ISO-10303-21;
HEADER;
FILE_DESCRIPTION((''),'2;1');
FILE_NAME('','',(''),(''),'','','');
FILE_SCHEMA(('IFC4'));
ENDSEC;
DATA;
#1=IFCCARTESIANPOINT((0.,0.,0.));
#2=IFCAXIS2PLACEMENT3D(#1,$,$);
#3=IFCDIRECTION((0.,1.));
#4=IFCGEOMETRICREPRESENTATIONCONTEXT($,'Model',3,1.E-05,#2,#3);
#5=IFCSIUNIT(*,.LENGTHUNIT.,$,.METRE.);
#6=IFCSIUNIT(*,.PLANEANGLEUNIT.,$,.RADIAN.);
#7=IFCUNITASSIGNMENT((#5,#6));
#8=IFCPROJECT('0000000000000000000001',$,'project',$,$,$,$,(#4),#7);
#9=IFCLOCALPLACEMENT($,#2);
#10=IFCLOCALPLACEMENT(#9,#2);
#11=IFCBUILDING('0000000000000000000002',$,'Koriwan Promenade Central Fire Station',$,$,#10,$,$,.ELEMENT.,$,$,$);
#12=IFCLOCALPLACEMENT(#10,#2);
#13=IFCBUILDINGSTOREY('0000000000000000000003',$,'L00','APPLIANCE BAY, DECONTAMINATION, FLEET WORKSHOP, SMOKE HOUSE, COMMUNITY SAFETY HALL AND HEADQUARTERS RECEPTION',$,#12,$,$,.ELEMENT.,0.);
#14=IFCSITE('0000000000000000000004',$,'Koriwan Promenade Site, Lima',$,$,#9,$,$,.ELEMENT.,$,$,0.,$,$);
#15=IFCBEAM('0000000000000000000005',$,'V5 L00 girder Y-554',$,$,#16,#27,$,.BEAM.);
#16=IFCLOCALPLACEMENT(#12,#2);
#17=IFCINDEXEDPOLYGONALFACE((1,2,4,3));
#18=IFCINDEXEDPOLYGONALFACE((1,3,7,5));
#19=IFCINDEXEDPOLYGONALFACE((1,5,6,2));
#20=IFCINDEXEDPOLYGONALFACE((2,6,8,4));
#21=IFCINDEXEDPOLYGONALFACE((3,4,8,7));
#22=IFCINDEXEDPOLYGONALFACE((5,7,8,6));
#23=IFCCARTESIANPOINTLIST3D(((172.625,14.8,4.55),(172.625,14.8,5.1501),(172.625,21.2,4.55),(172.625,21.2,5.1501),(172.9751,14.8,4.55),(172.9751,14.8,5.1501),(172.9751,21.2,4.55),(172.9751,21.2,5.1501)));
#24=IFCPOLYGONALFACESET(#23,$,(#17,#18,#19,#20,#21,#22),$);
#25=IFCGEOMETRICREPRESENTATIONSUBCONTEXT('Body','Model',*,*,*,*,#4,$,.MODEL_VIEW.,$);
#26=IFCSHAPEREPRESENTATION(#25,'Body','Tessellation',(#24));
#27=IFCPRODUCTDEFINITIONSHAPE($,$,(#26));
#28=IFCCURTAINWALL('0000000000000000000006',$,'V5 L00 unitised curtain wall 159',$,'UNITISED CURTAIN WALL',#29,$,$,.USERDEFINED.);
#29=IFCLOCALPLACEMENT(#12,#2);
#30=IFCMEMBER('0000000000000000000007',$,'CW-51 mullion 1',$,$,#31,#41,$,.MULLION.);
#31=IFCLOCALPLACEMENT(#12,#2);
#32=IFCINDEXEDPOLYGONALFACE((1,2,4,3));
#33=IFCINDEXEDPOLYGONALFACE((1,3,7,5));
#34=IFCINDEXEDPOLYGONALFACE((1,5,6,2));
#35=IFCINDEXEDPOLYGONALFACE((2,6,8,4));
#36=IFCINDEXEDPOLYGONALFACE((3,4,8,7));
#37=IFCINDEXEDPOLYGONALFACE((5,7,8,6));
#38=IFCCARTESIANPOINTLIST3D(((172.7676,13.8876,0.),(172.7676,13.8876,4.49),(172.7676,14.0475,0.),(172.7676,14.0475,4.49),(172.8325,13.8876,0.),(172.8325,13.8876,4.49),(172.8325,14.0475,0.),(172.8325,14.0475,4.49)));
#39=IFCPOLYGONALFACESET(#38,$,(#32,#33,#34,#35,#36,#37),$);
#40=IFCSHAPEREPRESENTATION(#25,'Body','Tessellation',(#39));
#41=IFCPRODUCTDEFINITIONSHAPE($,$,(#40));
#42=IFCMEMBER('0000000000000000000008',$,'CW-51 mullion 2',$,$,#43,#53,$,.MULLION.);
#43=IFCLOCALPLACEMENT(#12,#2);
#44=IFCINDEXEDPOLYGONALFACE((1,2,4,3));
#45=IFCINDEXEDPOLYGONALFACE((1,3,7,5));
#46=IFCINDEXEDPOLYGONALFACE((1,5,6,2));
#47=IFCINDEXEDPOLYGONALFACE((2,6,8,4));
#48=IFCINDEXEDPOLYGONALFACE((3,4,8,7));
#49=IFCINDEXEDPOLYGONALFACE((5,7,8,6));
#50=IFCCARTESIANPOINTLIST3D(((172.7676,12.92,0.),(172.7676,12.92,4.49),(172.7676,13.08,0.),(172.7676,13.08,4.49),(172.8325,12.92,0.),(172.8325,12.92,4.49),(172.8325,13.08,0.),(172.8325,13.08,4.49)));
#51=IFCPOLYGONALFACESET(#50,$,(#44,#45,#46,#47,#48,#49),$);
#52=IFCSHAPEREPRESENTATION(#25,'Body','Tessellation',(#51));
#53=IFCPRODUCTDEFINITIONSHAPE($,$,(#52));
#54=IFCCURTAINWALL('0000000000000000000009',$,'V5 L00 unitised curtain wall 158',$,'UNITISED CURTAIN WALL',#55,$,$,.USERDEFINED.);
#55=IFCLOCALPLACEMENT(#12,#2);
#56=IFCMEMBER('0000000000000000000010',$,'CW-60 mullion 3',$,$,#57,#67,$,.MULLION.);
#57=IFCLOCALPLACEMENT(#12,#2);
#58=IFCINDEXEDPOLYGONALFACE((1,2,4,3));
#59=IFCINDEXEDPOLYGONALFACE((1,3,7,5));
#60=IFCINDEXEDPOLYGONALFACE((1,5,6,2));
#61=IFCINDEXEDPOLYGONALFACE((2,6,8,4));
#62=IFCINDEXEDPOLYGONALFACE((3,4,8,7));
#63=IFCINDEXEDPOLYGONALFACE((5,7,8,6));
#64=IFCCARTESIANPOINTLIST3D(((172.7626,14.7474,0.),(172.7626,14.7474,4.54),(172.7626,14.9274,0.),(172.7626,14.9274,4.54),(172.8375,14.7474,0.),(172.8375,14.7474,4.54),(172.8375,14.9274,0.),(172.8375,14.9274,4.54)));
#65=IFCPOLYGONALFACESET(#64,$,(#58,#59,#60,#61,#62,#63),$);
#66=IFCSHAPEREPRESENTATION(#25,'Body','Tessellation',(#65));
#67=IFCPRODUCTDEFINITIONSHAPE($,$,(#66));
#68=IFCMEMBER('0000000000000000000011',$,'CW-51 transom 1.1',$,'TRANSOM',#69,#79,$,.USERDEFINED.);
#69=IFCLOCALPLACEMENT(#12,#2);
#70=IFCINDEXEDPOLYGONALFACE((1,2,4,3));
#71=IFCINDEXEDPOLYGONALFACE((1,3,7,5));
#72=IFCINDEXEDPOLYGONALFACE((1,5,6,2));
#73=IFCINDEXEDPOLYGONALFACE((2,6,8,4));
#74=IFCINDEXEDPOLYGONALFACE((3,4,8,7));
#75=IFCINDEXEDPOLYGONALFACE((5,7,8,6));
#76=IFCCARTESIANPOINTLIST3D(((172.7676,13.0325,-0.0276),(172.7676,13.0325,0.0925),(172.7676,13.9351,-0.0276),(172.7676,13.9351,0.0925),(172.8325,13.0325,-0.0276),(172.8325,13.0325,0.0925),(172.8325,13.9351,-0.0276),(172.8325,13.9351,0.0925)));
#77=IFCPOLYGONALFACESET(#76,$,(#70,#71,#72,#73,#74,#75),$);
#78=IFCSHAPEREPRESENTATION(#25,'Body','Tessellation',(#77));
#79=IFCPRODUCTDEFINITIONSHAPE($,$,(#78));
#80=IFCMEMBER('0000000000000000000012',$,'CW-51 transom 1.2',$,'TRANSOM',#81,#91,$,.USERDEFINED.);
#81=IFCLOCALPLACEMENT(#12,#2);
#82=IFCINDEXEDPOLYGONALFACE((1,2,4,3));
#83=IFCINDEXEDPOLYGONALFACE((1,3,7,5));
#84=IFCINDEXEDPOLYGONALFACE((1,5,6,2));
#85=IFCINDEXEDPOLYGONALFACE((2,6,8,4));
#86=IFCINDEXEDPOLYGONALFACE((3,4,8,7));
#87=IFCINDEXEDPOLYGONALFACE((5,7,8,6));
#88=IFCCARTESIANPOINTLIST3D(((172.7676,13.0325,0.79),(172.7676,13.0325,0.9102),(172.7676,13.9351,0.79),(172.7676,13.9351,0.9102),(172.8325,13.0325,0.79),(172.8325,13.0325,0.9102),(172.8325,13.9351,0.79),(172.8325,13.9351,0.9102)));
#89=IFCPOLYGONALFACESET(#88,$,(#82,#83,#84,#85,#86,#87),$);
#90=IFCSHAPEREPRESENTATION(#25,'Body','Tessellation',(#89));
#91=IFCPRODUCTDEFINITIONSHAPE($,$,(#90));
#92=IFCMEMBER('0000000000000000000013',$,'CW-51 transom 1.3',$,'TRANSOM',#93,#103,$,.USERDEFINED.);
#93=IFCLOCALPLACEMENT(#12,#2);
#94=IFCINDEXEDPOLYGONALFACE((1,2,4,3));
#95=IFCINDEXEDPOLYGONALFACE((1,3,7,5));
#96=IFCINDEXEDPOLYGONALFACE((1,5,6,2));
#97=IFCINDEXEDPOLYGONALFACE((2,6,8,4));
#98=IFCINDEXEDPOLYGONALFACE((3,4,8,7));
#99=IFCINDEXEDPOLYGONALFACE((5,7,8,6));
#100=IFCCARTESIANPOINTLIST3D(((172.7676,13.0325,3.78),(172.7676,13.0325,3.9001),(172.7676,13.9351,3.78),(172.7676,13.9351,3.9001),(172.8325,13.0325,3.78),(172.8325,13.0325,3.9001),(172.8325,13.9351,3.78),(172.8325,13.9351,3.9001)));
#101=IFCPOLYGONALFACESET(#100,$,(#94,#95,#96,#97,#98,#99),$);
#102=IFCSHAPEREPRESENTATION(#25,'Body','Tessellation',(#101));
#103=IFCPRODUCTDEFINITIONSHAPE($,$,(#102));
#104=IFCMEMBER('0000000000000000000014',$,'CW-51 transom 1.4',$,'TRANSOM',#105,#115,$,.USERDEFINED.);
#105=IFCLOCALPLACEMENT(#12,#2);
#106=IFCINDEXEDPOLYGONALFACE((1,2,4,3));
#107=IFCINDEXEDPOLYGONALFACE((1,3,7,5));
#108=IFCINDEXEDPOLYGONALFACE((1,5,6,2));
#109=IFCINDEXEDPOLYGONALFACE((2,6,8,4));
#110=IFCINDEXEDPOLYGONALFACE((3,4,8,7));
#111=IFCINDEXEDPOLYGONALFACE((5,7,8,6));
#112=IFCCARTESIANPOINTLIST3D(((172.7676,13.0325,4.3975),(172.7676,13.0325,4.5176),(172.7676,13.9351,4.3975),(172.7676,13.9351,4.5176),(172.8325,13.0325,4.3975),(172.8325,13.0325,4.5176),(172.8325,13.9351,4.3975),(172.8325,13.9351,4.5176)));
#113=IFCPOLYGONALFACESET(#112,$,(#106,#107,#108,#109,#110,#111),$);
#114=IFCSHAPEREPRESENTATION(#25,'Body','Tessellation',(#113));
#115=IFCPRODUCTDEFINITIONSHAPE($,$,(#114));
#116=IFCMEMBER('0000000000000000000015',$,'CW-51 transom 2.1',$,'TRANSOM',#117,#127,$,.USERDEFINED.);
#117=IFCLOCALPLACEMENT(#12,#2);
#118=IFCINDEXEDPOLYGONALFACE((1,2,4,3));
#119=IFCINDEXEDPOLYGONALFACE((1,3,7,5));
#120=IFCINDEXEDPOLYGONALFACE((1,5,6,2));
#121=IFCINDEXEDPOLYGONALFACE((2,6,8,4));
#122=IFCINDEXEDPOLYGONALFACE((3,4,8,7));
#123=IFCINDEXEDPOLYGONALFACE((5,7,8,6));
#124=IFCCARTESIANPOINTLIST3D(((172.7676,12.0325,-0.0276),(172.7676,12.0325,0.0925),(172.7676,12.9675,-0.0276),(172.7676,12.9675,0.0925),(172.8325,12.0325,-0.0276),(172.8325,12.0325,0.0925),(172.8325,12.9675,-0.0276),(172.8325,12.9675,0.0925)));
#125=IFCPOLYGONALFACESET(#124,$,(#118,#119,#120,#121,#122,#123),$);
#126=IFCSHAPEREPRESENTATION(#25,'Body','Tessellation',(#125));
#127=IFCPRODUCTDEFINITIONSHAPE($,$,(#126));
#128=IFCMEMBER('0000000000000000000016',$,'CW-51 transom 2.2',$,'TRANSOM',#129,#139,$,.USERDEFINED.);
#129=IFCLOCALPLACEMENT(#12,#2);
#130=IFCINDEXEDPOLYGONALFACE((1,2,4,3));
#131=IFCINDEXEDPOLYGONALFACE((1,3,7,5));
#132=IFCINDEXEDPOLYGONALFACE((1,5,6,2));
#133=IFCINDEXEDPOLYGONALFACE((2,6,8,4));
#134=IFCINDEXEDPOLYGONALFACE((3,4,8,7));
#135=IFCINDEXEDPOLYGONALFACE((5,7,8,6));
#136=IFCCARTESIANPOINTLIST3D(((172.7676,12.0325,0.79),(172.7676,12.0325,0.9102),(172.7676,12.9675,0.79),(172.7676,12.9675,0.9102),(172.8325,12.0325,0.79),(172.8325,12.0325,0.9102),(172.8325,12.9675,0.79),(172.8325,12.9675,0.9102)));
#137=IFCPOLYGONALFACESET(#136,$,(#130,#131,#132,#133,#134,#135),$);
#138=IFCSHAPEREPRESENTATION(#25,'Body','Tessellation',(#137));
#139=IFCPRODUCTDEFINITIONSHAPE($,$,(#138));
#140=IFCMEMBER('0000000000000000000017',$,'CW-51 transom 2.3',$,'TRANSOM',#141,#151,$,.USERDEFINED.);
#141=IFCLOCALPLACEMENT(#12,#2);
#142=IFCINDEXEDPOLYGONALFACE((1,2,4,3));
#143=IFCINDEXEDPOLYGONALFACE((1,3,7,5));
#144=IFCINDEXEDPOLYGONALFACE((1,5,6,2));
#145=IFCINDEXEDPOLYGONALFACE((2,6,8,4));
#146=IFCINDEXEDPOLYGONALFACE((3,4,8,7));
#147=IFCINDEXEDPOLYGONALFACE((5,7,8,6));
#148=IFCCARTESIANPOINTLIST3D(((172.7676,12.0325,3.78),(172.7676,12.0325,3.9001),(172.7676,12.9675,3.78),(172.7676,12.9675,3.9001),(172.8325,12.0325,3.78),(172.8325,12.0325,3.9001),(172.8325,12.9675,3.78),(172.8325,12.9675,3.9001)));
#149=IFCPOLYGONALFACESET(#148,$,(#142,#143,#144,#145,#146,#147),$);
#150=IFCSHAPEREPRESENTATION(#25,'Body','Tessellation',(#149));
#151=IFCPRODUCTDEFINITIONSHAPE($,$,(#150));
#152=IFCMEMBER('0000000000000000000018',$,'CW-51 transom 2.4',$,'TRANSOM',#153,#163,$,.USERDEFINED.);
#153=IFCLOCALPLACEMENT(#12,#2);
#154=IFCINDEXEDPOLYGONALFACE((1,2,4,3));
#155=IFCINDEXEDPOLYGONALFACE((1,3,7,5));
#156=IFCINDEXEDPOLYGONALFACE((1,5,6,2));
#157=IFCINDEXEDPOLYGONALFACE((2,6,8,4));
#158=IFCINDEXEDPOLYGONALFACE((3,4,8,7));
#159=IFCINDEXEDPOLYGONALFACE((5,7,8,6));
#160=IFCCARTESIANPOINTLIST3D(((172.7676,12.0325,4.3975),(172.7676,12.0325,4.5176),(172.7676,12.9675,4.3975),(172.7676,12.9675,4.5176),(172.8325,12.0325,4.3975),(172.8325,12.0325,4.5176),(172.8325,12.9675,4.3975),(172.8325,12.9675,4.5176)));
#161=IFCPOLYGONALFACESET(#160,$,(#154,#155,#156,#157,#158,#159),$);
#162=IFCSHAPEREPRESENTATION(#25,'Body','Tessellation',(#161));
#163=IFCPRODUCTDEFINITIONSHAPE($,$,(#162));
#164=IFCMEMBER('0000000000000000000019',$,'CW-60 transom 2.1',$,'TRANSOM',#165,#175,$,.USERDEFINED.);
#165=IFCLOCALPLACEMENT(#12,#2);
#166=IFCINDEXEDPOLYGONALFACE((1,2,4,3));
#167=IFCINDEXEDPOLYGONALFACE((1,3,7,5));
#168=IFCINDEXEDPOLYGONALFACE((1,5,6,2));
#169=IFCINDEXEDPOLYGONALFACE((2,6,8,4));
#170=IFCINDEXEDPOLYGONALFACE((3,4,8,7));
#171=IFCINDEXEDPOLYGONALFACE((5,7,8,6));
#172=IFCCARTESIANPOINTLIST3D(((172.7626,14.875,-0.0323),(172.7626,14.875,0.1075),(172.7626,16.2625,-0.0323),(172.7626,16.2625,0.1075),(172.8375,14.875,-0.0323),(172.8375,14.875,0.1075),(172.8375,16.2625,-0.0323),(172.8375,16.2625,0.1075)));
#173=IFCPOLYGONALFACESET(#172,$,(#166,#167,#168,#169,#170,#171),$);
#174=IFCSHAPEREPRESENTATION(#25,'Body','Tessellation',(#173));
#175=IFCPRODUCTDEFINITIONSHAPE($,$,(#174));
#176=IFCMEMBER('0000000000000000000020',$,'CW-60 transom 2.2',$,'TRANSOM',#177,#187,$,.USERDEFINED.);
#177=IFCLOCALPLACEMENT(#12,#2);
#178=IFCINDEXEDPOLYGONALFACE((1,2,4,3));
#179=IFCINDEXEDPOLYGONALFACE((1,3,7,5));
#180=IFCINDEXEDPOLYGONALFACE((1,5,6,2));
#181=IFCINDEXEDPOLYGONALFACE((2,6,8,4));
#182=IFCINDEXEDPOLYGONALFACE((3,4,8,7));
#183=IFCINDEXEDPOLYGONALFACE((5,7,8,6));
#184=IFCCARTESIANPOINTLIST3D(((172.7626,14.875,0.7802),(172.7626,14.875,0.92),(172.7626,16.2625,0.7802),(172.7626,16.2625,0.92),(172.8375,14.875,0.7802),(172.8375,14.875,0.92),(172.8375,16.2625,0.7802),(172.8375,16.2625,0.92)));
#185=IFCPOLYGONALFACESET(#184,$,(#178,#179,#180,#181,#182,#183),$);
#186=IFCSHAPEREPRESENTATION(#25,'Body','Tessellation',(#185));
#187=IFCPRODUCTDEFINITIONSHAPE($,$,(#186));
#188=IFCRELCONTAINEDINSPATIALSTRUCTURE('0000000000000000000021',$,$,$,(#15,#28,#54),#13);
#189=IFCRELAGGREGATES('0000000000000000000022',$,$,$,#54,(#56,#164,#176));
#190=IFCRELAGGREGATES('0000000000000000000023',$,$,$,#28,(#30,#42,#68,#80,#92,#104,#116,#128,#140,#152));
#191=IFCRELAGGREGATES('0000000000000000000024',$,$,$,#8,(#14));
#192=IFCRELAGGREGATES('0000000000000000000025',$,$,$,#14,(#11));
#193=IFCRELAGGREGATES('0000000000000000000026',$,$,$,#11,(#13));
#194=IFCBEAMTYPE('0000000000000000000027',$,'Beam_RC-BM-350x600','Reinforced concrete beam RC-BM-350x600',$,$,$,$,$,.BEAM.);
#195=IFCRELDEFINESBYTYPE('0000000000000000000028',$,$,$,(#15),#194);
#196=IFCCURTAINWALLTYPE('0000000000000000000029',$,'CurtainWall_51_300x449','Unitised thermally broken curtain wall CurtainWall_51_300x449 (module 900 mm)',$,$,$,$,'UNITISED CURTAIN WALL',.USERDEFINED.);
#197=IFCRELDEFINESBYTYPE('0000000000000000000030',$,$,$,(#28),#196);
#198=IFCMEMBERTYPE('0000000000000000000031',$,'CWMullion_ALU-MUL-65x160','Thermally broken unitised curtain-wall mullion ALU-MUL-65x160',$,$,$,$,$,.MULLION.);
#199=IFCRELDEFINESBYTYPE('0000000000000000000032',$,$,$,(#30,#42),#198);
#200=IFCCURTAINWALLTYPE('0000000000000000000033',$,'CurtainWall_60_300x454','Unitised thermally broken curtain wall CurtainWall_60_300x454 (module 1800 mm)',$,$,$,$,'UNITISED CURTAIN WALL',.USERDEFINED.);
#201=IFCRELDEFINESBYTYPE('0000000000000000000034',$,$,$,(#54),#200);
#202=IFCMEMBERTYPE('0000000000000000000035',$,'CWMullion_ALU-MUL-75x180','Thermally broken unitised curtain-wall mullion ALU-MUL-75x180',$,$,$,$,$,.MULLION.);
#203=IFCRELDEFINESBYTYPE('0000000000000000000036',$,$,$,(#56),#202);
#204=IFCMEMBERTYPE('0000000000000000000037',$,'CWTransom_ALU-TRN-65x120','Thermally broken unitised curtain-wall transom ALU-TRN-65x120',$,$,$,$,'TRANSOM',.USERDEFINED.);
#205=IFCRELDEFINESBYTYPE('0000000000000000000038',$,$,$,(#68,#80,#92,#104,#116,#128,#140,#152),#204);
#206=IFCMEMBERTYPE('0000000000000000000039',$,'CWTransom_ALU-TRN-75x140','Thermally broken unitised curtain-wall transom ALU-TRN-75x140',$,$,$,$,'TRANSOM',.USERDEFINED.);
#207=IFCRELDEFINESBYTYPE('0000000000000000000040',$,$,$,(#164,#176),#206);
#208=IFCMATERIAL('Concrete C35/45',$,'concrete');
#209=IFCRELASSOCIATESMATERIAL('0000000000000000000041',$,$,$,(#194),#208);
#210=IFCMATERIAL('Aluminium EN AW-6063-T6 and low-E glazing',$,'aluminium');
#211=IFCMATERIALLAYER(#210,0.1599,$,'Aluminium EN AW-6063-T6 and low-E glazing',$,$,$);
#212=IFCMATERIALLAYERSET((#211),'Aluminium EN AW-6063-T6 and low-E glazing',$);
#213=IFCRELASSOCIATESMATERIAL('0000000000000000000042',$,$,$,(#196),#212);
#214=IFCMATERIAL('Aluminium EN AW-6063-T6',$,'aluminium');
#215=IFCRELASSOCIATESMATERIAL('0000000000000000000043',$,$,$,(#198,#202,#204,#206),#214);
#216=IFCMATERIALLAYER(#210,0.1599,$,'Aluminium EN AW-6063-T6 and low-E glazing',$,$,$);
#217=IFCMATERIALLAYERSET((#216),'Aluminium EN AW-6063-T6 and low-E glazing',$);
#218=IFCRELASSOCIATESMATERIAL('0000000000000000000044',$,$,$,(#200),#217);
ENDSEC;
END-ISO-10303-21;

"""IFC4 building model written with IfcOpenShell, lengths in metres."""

from ifc_helpers import new_model, si_unit, direction, frame, origin, origin_2d, place, context, subcontext, project, spatial, rectangle, extrude, material, layer, layer_set, material_profile, profile_set, type_object, element, aggregate, save


model = new_model("IFC4")

# Units and contexts
model_context = context("Model", 3, precision=1e-05, world=origin(), true_north=direction((0.0, 1.0)))
body_context = subcontext(model_context, "Body", "Model", "MODEL_VIEW")
ifc_project = project(units=[si_unit("LENGTHUNIT", "METRE"), si_unit("PLANEANGLEUNIT", "RADIAN")], contexts=[model_context])

# Site, building, storey
site_placement = place(None, origin())
site = spatial("IfcSite", under=ifc_project, at=site_placement, Name="Koriwan Promenade Site, Lima", CompositionType="ELEMENT", RefElevation=0.0)
building_placement = place(site_placement, origin())
building = spatial("IfcBuilding", under=site, at=building_placement, Name="Koriwan Promenade Central Fire Station", CompositionType="ELEMENT")
storey_placement = place(building_placement, origin())
storey = spatial("IfcBuildingStorey", under=building, at=storey_placement, Name="L00", Description="APPLIANCE BAY, DECONTAMINATION, FLEET WORKSHOP, SMOKE HOUSE, COMMUNITY SAFETY HALL AND HEADQUARTERS RECEPTION", CompositionType="ELEMENT", Elevation=0.0)

# Shared definitions
ifc_material_1 = material(Name="Concrete C35/45", Category="concrete")

# Beam
ifc_material_profile_1 = material_profile(ifc_material_1, rectangle(XDim=0.3501, YDim=0.6001, at=origin_2d()), Name="RC-BM-350x600")
ifc_profile_set_1 = profile_set([ifc_material_profile_1], Name="Concrete C35/45")
beam_type = type_object("IfcBeamType", Name="Beam_RC-BM-350x600", Description="Reinforced concrete beam RC-BM-350x600", PredefinedType="BEAM", material=ifc_profile_set_1)
beam_placement = place(storey_placement, frame((172.8, 14.8, 4.8501), z_axis=(0.0, 1.0, 0.0), x_axis=(-1.0, 0.0, 0.0)))
element("IfcBeam", 1, at=beam_placement, inside=storey, type_object=beam_type, Name="V5 L00 girder Y-554", PredefinedType="BEAM", context=body_context, shape_type="SweptSolid", body=[
    extrude(rectangle(XDim=0.3501, YDim=0.6001, at=origin_2d()), origin(), (0.0, 0.0, 1.0), 6.3999),
])

# Curtain wall, members
ifc_material_2 = material(Name="Aluminium EN AW-6063-T6 and low-E glazing", Category="aluminium")
ifc_layer_1 = layer(ifc_material_2, 0.1599, Name="Aluminium EN AW-6063-T6 and low-E glazing")
ifc_layer_set_1 = layer_set([ifc_layer_1], Name="Aluminium EN AW-6063-T6 and low-E glazing")
curtain_wall_type_1 = type_object("IfcCurtainWallType", Name="CurtainWall_51_300x449", Description="Unitised thermally broken curtain wall CurtainWall_51_300x449 (module 900 mm)", ElementType="UNITISED CURTAIN WALL", PredefinedType="USERDEFINED", material=ifc_layer_set_1)
curtain_wall_1_placement = place(storey_placement, origin())
curtain_wall_1 = element("IfcCurtainWall", 2, at=curtain_wall_1_placement, inside=storey, type_object=curtain_wall_type_1, Name="V5 L00 unitised curtain wall 159", ObjectType="UNITISED CURTAIN WALL", PredefinedType="USERDEFINED")
ifc_material_3 = material(Name="Aluminium EN AW-6063-T6", Category="aluminium")
ifc_material_profile_2 = material_profile(ifc_material_3, rectangle(XDim=0.0649, YDim=0.1599, at=origin_2d()), Name="ALU-MUL-65x160")
ifc_profile_set_2 = profile_set([ifc_material_profile_2], Name="Aluminium EN AW-6063-T6")
member_type_1 = type_object("IfcMemberType", Name="CWMullion_ALU-MUL-65x160", Description="Thermally broken unitised curtain-wall mullion ALU-MUL-65x160", PredefinedType="MULLION", material=ifc_profile_set_2)
member_1_placement = place(storey_placement, frame((172.8, 13.9675, 0.0), z_axis=(0.0, 0.0, 1.0), x_axis=(1.0, 0.0, 0.0)))
member_1 = element("IfcMember", 3, at=member_1_placement, type_object=member_type_1, Name="CW-51 mullion 1", PredefinedType="MULLION", context=body_context, shape_type="SweptSolid", body=[
    extrude(rectangle(XDim=0.0649, YDim=0.1599, at=origin_2d()), origin(), (0.0, 0.0, 1.0), 4.49),
])
member_2_placement = place(storey_placement, frame((172.8, 13.0, 0.0), z_axis=(0.0, 0.0, 1.0), x_axis=(1.0, 0.0, 0.0)))
member_2 = element("IfcMember", 4, at=member_2_placement, type_object=member_type_1, Name="CW-51 mullion 2", PredefinedType="MULLION", context=body_context, shape_type="SweptSolid", body=[
    extrude(rectangle(XDim=0.0649, YDim=0.1599, at=origin_2d()), origin(), (0.0, 0.0, 1.0), 4.49),
])

# Curtain wall, member
ifc_layer_2 = layer(ifc_material_2, 0.1599, Name="Aluminium EN AW-6063-T6 and low-E glazing")
ifc_layer_set_2 = layer_set([ifc_layer_2], Name="Aluminium EN AW-6063-T6 and low-E glazing")
curtain_wall_type_2 = type_object("IfcCurtainWallType", Name="CurtainWall_60_300x454", Description="Unitised thermally broken curtain wall CurtainWall_60_300x454 (module 1800 mm)", ElementType="UNITISED CURTAIN WALL", PredefinedType="USERDEFINED", material=ifc_layer_set_2)
curtain_wall_2_placement = place(storey_placement, origin())
curtain_wall_2 = element("IfcCurtainWall", 5, at=curtain_wall_2_placement, inside=storey, type_object=curtain_wall_type_2, Name="V5 L00 unitised curtain wall 158", ObjectType="UNITISED CURTAIN WALL", PredefinedType="USERDEFINED")
ifc_material_profile_3 = material_profile(ifc_material_3, rectangle(XDim=0.075, YDim=0.1799, at=origin_2d()), Name="ALU-MUL-75x180")
ifc_profile_set_3 = profile_set([ifc_material_profile_3], Name="Aluminium EN AW-6063-T6")
member_type_2 = type_object("IfcMemberType", Name="CWMullion_ALU-MUL-75x180", Description="Thermally broken unitised curtain-wall mullion ALU-MUL-75x180", PredefinedType="MULLION", material=ifc_profile_set_3)
member_3_placement = place(storey_placement, frame((172.8, 14.8374, 0.0), z_axis=(0.0, 0.0, 1.0), x_axis=(1.0, 0.0, 0.0)))
member_3 = element("IfcMember", 6, at=member_3_placement, type_object=member_type_2, Name="CW-60 mullion 3", PredefinedType="MULLION", context=body_context, shape_type="SweptSolid", body=[
    extrude(rectangle(XDim=0.075, YDim=0.1799, at=origin_2d()), origin(), (0.0, 0.0, 1.0), 4.54),
])

# Members
ifc_material_profile_4 = material_profile(ifc_material_3, rectangle(XDim=0.0649, YDim=0.1201, at=origin_2d()), Name="ALU-TRN-65x120")
ifc_profile_set_4 = profile_set([ifc_material_profile_4], Name="Aluminium EN AW-6063-T6")
member_type_3 = type_object("IfcMemberType", Name="CWTransom_ALU-TRN-65x120", Description="Thermally broken unitised curtain-wall transom ALU-TRN-65x120", ElementType="TRANSOM", PredefinedType="USERDEFINED", material=ifc_profile_set_4)
member_4_placement = place(storey_placement, frame((172.8, 13.9351, 0.0325), z_axis=(0.0, -1.0, 0.0), x_axis=(1.0, 0.0, 0.0)))
member_4 = element("IfcMember", 7, at=member_4_placement, type_object=member_type_3, Name="CW-51 transom 1.1", ObjectType="TRANSOM", PredefinedType="USERDEFINED", context=body_context, shape_type="SweptSolid", body=[
    extrude(rectangle(XDim=0.0649, YDim=0.1201, at=origin_2d()), origin(), (0.0, 0.0, 1.0), 0.9026),
])
member_5_placement = place(storey_placement, frame((172.8, 13.9351, 0.8501), z_axis=(0.0, -1.0, 0.0), x_axis=(1.0, 0.0, 0.0)))
member_5 = element("IfcMember", 8, at=member_5_placement, type_object=member_type_3, Name="CW-51 transom 1.2", ObjectType="TRANSOM", PredefinedType="USERDEFINED", context=body_context, shape_type="SweptSolid", body=[
    extrude(rectangle(XDim=0.0649, YDim=0.1201, at=origin_2d()), origin(), (0.0, 0.0, 1.0), 0.9026),
])
member_6_placement = place(storey_placement, frame((172.8, 13.9351, 3.8401), z_axis=(0.0, -1.0, 0.0), x_axis=(1.0, 0.0, 0.0)))
member_6 = element("IfcMember", 9, at=member_6_placement, type_object=member_type_3, Name="CW-51 transom 1.3", ObjectType="TRANSOM", PredefinedType="USERDEFINED", context=body_context, shape_type="SweptSolid", body=[
    extrude(rectangle(XDim=0.0649, YDim=0.1201, at=origin_2d()), origin(), (0.0, 0.0, 1.0), 0.9026),
])
member_7_placement = place(storey_placement, frame((172.8, 13.9351, 4.4575), z_axis=(0.0, -1.0, 0.0), x_axis=(1.0, 0.0, 0.0)))
member_7 = element("IfcMember", 10, at=member_7_placement, type_object=member_type_3, Name="CW-51 transom 1.4", ObjectType="TRANSOM", PredefinedType="USERDEFINED", context=body_context, shape_type="SweptSolid", body=[
    extrude(rectangle(XDim=0.0649, YDim=0.1201, at=origin_2d()), origin(), (0.0, 0.0, 1.0), 0.9026),
])
member_8_placement = place(storey_placement, frame((172.8, 12.9675, 0.0325), z_axis=(0.0, -1.0, 0.0), x_axis=(1.0, 0.0, 0.0)))
member_8 = element("IfcMember", 11, at=member_8_placement, type_object=member_type_3, Name="CW-51 transom 2.1", ObjectType="TRANSOM", PredefinedType="USERDEFINED", context=body_context, shape_type="SweptSolid", body=[
    extrude(rectangle(XDim=0.0649, YDim=0.1201, at=origin_2d()), origin(), (0.0, 0.0, 1.0), 0.9351),
])
member_9_placement = place(storey_placement, frame((172.8, 12.9675, 0.8501), z_axis=(0.0, -1.0, 0.0), x_axis=(1.0, 0.0, 0.0)))
member_9 = element("IfcMember", 12, at=member_9_placement, type_object=member_type_3, Name="CW-51 transom 2.2", ObjectType="TRANSOM", PredefinedType="USERDEFINED", context=body_context, shape_type="SweptSolid", body=[
    extrude(rectangle(XDim=0.0649, YDim=0.1201, at=origin_2d()), origin(), (0.0, 0.0, 1.0), 0.9351),
])
member_10_placement = place(storey_placement, frame((172.8, 12.9675, 3.8401), z_axis=(0.0, -1.0, 0.0), x_axis=(1.0, 0.0, 0.0)))
member_10 = element("IfcMember", 13, at=member_10_placement, type_object=member_type_3, Name="CW-51 transom 2.3", ObjectType="TRANSOM", PredefinedType="USERDEFINED", context=body_context, shape_type="SweptSolid", body=[
    extrude(rectangle(XDim=0.0649, YDim=0.1201, at=origin_2d()), origin(), (0.0, 0.0, 1.0), 0.9351),
])
member_11_placement = place(storey_placement, frame((172.8, 12.9675, 4.4575), z_axis=(0.0, -1.0, 0.0), x_axis=(1.0, 0.0, 0.0)))
member_11 = element("IfcMember", 14, at=member_11_placement, type_object=member_type_3, Name="CW-51 transom 2.4", ObjectType="TRANSOM", PredefinedType="USERDEFINED", context=body_context, shape_type="SweptSolid", body=[
    extrude(rectangle(XDim=0.0649, YDim=0.1201, at=origin_2d()), origin(), (0.0, 0.0, 1.0), 0.9351),
])
ifc_material_profile_5 = material_profile(ifc_material_3, rectangle(XDim=0.075, YDim=0.1399, at=origin_2d()), Name="ALU-TRN-75x140")
ifc_profile_set_5 = profile_set([ifc_material_profile_5], Name="Aluminium EN AW-6063-T6")
member_type_4 = type_object("IfcMemberType", Name="CWTransom_ALU-TRN-75x140", Description="Thermally broken unitised curtain-wall transom ALU-TRN-75x140", ElementType="TRANSOM", PredefinedType="USERDEFINED", material=ifc_profile_set_5)
member_12_placement = place(storey_placement, frame((172.8, 16.2625, 0.0376), z_axis=(0.0, -1.0, 0.0), x_axis=(1.0, 0.0, 0.0)))
member_12 = element("IfcMember", 15, at=member_12_placement, type_object=member_type_4, Name="CW-60 transom 2.1", ObjectType="TRANSOM", PredefinedType="USERDEFINED", context=body_context, shape_type="SweptSolid", body=[
    extrude(rectangle(XDim=0.075, YDim=0.1399, at=origin_2d()), origin(), (0.0, 0.0, 1.0), 1.3875),
])
member_13_placement = place(storey_placement, frame((172.8, 16.2625, 0.8501), z_axis=(0.0, -1.0, 0.0), x_axis=(1.0, 0.0, 0.0)))
member_13 = element("IfcMember", 16, at=member_13_placement, type_object=member_type_4, Name="CW-60 transom 2.2", ObjectType="TRANSOM", PredefinedType="USERDEFINED", context=body_context, shape_type="SweptSolid", body=[
    extrude(rectangle(XDim=0.075, YDim=0.1399, at=origin_2d()), origin(), (0.0, 0.0, 1.0), 1.3875),
])

aggregate(curtain_wall_2, [member_3, member_12, member_13])
aggregate(curtain_wall_1, [member_1, member_2, member_4, member_5, member_6, member_7, member_8, member_9, member_10, member_11])

save(model, "model.ifc")
